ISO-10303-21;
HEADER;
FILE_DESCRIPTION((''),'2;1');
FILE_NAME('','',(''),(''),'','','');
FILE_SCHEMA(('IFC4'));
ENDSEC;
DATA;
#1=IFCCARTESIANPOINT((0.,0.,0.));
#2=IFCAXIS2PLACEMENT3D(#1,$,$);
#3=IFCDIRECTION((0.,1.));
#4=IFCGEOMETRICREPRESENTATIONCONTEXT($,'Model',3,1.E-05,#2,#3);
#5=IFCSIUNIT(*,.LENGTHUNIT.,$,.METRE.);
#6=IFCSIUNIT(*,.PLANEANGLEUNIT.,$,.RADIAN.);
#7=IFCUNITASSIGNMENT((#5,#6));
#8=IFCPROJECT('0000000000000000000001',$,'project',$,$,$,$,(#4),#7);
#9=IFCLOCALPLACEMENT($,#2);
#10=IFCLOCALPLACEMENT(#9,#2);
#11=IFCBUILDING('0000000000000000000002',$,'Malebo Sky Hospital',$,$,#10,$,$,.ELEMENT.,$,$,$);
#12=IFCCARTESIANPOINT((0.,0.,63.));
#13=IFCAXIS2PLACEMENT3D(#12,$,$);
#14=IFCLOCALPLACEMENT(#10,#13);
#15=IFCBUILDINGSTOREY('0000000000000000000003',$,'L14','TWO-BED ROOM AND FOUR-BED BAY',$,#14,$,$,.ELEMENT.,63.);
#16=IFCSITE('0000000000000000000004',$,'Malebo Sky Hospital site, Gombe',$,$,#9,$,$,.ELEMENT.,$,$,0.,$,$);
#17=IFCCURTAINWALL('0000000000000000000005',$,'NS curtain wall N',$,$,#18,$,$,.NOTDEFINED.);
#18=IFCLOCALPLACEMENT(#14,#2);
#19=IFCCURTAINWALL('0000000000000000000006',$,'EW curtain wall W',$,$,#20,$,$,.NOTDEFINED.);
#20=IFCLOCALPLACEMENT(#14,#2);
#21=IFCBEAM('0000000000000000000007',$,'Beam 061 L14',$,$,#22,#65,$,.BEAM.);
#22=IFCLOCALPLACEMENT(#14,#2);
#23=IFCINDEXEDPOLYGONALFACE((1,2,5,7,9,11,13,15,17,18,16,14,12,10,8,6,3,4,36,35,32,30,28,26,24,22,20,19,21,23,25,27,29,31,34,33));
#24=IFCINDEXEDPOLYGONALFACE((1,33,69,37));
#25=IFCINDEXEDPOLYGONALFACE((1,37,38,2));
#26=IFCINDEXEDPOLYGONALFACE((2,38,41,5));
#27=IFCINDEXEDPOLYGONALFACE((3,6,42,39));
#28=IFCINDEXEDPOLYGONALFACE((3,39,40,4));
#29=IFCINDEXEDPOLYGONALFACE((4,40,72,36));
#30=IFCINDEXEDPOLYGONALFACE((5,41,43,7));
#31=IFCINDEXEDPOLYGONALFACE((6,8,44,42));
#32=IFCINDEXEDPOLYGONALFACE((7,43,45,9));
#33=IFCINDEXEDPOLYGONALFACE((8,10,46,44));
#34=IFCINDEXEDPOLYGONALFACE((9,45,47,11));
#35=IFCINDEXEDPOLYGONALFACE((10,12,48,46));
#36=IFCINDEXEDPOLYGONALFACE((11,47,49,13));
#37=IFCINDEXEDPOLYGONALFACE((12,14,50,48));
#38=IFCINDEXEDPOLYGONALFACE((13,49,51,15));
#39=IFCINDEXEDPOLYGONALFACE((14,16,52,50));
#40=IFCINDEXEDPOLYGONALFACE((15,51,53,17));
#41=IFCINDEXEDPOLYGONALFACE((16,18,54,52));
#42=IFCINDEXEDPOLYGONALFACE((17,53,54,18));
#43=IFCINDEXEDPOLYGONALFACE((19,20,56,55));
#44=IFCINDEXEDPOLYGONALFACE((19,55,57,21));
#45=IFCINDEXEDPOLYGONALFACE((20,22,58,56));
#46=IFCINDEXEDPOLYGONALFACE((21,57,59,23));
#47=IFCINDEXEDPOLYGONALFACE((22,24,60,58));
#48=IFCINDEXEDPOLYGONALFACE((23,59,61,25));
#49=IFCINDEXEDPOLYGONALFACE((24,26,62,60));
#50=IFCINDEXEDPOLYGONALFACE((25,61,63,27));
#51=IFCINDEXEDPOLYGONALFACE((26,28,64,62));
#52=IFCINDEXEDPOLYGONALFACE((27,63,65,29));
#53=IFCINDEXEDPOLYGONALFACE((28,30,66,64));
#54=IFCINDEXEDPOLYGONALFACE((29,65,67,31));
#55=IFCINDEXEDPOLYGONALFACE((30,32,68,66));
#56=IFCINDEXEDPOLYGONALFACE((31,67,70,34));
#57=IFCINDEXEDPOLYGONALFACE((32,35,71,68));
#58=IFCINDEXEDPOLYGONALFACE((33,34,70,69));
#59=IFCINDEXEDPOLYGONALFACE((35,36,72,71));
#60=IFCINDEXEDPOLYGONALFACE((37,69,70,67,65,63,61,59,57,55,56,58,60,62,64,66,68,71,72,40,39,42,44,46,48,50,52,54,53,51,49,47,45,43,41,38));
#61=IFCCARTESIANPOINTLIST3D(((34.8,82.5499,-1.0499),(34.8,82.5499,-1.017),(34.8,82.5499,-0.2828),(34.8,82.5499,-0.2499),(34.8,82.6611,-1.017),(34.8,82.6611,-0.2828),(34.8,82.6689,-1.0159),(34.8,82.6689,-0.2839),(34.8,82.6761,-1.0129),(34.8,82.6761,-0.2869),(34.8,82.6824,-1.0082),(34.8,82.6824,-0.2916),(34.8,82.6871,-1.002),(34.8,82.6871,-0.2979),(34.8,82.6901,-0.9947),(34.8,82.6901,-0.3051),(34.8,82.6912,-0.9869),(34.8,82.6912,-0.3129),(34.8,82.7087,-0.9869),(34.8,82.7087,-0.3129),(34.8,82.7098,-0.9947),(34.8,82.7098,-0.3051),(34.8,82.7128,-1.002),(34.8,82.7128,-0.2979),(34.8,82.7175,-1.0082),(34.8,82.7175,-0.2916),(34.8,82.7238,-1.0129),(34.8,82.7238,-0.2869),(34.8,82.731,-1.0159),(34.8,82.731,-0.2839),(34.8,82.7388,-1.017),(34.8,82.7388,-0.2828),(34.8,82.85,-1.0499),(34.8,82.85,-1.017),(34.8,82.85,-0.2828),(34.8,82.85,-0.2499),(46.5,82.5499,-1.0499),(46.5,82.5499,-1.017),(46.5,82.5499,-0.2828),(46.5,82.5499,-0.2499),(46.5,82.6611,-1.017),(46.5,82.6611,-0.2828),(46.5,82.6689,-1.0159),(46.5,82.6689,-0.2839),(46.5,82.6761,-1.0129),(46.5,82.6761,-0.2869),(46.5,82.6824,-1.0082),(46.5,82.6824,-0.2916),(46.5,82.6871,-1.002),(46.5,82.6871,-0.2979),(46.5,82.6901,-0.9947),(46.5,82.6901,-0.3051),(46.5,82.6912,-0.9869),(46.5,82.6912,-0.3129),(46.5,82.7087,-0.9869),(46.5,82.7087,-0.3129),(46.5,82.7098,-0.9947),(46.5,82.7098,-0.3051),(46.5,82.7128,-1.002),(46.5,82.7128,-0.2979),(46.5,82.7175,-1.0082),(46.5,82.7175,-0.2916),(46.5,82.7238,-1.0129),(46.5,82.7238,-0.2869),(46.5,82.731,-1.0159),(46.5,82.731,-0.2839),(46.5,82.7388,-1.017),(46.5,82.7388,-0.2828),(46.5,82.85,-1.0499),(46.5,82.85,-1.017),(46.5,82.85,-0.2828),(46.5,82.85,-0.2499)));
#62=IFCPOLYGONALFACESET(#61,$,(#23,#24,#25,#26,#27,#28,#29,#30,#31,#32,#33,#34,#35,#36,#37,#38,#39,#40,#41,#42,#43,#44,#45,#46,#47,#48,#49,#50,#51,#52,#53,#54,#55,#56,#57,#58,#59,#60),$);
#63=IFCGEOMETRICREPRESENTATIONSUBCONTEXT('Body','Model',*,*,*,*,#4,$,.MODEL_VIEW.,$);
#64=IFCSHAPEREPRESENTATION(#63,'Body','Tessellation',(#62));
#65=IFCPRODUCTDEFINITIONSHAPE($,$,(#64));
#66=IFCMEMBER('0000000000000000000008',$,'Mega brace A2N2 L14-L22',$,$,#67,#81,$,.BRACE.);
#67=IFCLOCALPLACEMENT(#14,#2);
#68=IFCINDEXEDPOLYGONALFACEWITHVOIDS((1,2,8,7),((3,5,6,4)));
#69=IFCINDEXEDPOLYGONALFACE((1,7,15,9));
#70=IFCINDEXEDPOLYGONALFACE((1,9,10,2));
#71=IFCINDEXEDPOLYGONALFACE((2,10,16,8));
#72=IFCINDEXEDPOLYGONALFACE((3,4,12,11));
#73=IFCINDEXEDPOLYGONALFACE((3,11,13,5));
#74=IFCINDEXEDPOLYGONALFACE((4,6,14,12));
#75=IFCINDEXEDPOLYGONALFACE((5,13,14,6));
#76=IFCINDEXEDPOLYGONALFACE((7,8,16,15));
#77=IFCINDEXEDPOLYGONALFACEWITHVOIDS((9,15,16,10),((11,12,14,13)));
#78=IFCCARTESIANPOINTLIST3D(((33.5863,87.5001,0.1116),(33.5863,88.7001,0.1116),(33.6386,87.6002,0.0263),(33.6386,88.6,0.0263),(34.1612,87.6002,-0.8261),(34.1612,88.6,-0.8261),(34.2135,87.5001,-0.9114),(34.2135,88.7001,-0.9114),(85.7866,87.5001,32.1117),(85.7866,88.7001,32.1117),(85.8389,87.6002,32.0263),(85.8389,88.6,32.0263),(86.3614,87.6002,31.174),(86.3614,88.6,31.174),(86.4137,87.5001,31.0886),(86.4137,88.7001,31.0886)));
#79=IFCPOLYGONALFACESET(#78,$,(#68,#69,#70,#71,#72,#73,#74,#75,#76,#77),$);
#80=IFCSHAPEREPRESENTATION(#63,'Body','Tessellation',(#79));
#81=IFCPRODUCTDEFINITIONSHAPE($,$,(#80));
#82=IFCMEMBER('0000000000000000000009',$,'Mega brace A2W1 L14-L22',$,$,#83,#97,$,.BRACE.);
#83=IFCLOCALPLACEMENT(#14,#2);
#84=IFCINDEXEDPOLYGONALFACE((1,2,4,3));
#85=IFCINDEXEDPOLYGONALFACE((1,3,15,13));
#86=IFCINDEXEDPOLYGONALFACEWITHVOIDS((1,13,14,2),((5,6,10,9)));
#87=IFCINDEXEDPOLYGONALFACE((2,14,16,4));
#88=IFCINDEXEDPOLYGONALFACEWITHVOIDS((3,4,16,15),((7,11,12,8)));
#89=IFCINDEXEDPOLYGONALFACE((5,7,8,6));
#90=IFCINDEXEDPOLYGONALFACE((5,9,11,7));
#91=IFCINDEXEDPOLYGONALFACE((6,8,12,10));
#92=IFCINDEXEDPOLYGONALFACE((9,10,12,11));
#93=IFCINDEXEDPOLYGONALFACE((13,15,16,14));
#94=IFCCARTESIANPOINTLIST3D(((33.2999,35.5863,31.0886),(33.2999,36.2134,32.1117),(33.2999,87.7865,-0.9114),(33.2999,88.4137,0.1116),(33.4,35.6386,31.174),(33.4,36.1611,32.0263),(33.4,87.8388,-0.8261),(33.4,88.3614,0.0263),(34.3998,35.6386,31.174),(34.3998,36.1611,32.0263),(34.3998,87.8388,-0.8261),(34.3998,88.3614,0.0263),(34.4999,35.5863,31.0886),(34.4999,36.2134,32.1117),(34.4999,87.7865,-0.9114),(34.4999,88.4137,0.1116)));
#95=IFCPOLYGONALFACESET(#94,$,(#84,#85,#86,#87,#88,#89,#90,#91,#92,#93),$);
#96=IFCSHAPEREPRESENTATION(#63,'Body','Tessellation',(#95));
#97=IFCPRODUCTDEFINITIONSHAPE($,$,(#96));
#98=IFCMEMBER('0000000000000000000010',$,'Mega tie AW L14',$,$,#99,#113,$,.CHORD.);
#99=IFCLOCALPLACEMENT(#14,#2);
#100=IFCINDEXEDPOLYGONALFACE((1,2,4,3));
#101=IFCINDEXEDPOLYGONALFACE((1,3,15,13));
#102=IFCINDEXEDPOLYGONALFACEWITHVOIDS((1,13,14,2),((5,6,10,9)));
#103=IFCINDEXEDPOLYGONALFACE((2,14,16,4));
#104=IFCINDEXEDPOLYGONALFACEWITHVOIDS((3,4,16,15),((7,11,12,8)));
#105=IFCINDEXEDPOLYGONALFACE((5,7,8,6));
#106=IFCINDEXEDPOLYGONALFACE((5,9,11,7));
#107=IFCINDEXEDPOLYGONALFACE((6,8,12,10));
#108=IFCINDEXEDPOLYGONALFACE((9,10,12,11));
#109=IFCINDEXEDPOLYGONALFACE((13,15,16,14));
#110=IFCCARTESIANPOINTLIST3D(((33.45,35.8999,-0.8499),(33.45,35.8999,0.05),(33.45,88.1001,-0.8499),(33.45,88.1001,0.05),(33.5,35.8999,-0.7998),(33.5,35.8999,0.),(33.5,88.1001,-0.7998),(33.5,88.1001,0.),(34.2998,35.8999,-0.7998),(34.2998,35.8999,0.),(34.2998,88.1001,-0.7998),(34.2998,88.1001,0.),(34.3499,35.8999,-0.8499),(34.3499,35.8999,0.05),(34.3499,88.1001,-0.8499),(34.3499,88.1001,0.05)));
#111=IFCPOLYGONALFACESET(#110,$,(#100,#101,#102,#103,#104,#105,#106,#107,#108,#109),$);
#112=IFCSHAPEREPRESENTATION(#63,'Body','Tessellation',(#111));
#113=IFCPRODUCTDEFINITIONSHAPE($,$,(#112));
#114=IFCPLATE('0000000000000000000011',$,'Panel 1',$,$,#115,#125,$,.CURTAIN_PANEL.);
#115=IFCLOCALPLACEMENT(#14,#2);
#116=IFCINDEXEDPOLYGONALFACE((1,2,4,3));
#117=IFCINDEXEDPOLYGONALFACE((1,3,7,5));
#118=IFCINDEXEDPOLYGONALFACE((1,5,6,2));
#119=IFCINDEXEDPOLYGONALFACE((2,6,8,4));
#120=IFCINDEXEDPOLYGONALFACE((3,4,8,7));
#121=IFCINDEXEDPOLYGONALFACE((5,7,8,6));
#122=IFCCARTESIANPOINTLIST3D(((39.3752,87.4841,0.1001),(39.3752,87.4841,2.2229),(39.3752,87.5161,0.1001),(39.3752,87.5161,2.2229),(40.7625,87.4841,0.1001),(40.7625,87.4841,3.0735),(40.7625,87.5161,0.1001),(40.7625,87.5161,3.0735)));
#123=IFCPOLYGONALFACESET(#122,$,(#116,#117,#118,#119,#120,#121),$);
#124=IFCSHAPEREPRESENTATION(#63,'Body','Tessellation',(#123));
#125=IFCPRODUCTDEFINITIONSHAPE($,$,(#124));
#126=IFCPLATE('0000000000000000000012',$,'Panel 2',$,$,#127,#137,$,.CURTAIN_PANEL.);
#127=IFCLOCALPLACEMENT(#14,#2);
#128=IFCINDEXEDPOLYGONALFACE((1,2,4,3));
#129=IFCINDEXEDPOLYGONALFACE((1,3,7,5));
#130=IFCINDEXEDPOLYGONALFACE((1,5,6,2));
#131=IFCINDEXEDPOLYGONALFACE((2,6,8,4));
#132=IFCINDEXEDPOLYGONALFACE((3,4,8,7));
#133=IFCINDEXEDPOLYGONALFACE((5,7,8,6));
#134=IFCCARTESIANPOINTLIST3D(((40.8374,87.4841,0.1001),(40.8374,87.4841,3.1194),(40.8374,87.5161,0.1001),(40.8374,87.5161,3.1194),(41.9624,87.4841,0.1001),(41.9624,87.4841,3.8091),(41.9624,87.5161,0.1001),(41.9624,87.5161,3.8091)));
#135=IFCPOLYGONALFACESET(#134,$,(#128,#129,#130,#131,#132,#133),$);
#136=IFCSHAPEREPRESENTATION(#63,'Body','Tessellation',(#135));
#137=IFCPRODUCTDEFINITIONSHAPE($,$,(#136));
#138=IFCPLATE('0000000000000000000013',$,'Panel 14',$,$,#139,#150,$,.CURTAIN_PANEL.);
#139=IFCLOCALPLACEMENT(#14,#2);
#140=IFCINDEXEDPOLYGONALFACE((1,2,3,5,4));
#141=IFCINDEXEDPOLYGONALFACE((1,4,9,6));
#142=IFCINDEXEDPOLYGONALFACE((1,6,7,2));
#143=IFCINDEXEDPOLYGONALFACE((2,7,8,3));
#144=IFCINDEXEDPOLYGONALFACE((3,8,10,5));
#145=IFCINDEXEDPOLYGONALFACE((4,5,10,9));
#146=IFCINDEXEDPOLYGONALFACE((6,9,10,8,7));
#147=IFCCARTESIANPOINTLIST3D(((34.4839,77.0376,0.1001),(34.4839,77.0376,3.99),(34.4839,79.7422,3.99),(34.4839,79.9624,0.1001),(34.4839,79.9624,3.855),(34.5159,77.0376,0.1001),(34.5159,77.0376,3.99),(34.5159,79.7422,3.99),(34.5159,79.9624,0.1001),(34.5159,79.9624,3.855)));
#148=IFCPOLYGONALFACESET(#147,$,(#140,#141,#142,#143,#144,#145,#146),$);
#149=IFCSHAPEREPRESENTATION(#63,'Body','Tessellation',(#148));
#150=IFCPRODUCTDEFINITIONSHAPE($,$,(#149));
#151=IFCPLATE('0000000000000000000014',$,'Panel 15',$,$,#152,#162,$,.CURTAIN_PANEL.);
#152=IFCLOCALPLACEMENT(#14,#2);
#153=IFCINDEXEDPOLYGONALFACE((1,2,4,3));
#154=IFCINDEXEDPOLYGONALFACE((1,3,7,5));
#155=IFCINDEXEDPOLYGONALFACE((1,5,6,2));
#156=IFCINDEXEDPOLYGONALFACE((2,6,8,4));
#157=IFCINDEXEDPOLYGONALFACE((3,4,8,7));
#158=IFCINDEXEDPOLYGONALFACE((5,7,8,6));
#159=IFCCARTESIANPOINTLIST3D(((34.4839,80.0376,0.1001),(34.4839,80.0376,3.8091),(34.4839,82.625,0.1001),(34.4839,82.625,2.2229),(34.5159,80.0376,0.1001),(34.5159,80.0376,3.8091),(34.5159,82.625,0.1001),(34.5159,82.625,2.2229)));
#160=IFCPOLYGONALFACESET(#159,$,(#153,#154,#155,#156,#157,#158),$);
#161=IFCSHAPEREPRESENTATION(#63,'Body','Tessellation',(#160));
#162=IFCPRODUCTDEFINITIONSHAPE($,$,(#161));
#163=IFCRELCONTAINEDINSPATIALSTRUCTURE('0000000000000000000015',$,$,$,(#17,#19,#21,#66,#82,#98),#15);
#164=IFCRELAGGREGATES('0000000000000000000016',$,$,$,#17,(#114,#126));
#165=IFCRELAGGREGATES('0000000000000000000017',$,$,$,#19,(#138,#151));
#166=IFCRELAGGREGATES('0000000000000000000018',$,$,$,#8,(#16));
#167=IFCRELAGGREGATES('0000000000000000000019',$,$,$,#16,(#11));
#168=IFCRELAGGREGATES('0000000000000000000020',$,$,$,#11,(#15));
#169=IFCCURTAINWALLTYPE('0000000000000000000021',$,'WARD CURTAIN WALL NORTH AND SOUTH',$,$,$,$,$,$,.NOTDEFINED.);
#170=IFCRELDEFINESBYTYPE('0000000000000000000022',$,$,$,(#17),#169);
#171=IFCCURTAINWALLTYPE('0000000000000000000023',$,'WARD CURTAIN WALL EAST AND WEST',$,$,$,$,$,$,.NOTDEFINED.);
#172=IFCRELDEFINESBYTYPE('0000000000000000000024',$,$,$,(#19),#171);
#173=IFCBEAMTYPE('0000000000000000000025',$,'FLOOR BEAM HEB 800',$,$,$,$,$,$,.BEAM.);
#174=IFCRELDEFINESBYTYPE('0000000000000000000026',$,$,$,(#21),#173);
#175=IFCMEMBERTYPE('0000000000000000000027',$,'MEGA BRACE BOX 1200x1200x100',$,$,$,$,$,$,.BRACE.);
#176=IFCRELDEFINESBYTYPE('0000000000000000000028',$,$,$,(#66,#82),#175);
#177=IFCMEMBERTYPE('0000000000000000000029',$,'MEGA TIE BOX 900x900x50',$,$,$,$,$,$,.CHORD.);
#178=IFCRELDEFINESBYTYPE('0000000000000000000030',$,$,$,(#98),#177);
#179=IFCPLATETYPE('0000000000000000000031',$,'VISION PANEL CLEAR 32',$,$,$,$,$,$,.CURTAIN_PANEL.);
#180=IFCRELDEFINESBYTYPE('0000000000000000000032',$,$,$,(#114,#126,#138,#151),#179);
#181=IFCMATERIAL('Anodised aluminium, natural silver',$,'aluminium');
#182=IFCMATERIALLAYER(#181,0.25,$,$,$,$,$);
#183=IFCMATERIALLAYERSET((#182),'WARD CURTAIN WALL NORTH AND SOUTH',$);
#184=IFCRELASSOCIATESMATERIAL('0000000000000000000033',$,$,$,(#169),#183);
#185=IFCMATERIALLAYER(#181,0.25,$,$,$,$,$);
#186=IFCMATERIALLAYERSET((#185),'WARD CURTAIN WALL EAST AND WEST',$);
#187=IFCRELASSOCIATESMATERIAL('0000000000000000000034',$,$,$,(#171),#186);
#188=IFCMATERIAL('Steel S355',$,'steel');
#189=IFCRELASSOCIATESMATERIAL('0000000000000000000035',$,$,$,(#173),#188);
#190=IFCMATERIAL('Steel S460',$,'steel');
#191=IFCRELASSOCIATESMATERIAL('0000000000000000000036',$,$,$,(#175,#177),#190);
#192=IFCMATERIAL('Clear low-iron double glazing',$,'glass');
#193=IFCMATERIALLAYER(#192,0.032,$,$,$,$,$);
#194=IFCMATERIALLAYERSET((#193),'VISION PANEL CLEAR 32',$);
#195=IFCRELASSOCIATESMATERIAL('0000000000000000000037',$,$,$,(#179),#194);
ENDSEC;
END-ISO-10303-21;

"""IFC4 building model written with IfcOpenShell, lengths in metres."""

from ifc_helpers import new_model, si_unit, direction, frame, origin, origin_2d, place, context, subcontext, project, spatial, polyline, hollow_rectangle, i_section, outline, extrude, material, layer, layer_set, material_profile, profile_set, type_object, element, aggregate, save


model = new_model("IFC4")

# Units and contexts
model_context = context("Model", 3, precision=1e-05, world=origin(), true_north=direction((0.0, 1.0)))
body_context = subcontext(model_context, "Body", "Model", "MODEL_VIEW")
ifc_project = project(units=[si_unit("LENGTHUNIT", "METRE"), si_unit("PLANEANGLEUNIT", "RADIAN")], contexts=[model_context])

# Site, building, storey
site_placement = place(None, origin())
site = spatial("IfcSite", under=ifc_project, at=site_placement, Name="Malebo Sky Hospital site, Gombe", CompositionType="ELEMENT", RefElevation=0.0)
building_placement = place(site_placement, origin())
building = spatial("IfcBuilding", under=site, at=building_placement, Name="Malebo Sky Hospital", CompositionType="ELEMENT")
storey_placement = place(building_placement, frame((0.0, 0.0, 63.0)))
storey = spatial("IfcBuildingStorey", under=building, at=storey_placement, Name="L14", Description="TWO-BED ROOM AND FOUR-BED BAY", CompositionType="ELEMENT", Elevation=63.0)

# Shared definitions
ifc_material_1 = material(Name="Steel S460", Category="steel")

# Curtain walls
ifc_material_2 = material(Name="Anodised aluminium, natural silver", Category="aluminium")
ifc_layer_1 = layer(ifc_material_2, 0.25)
ifc_layer_set_1 = layer_set([ifc_layer_1], Name="WARD CURTAIN WALL NORTH AND SOUTH")
curtain_wall_type_1 = type_object("IfcCurtainWallType", Name="WARD CURTAIN WALL NORTH AND SOUTH", PredefinedType="NOTDEFINED", material=ifc_layer_set_1)
curtain_wall_1_placement = place(storey_placement, origin())
curtain_wall_1 = element("IfcCurtainWall", 1, at=curtain_wall_1_placement, inside=storey, type_object=curtain_wall_type_1, Name="NS curtain wall N", PredefinedType="NOTDEFINED")
ifc_layer_2 = layer(ifc_material_2, 0.25)
ifc_layer_set_2 = layer_set([ifc_layer_2], Name="WARD CURTAIN WALL EAST AND WEST")
curtain_wall_type_2 = type_object("IfcCurtainWallType", Name="WARD CURTAIN WALL EAST AND WEST", PredefinedType="NOTDEFINED", material=ifc_layer_set_2)
curtain_wall_2_placement = place(storey_placement, origin())
curtain_wall_2 = element("IfcCurtainWall", 2, at=curtain_wall_2_placement, inside=storey, type_object=curtain_wall_type_2, Name="EW curtain wall W", PredefinedType="NOTDEFINED")

# Beam
ifc_material_3 = material(Name="Steel S355", Category="steel")
ifc_material_profile_1 = material_profile(ifc_material_3, i_section(OverallWidth=0.3, OverallDepth=0.8, WebThickness=0.0176, FlangeThickness=0.033, FilletRadius=0.03, at=origin_2d()), Name="HEB 800")
ifc_profile_set_1 = profile_set([ifc_material_profile_1], Name="Steel S355")
beam_type_1 = type_object("IfcBeamType", Name="FLOOR BEAM HEB 800", PredefinedType="BEAM", material=ifc_profile_set_1)
beam_1_placement = place(storey_placement, frame((34.8, 82.7, -0.6499), z_axis=(1.0, 0.0, 0.0), x_axis=(0.0, 1.0, 0.0)))
element("IfcBeam", 3, at=beam_1_placement, inside=storey, type_object=beam_type_1, Name="Beam 061 L14", PredefinedType="BEAM", context=body_context, shape_type="SweptSolid", body=[
    extrude(i_section(OverallWidth=0.3, OverallDepth=0.8, WebThickness=0.0176, FlangeThickness=0.033, FilletRadius=0.03, at=origin_2d()), origin(), (0.0, 0.0, 1.0), 11.7),
])

# Members
ifc_material_profile_2 = material_profile(ifc_material_1, hollow_rectangle(XDim=1.2, YDim=1.2, WallThickness=0.1001, at=origin_2d()), Name="BOX 1200x1200x100")
ifc_profile_set_2 = profile_set([ifc_material_profile_2], Name="Steel S460")
member_type_1 = type_object("IfcMemberType", Name="MEGA BRACE BOX 1200x1200x100", PredefinedType="BRACE", material=ifc_profile_set_2)
for number, where, z_axis, x_axis, name in (
    (4, (33.8999, 88.1001, -0.3999), (0.852555, 0.0, 0.522637), (0.0, 1.0, 0.0), "Mega brace A2N2 L14-L22"),
    (5, (33.8999, 88.1001, -0.3999), (0.0, -0.852555, 0.522637), (1.0, 0.0, 0.0), "Mega brace A2W1 L14-L22"),
):
    element("IfcMember", number, at=place(storey_placement, frame(where, z_axis=z_axis, x_axis=x_axis)), inside=storey, type_object=member_type_1, Name=name, PredefinedType="BRACE", context=body_context, shape_type="SweptSolid", body=[
        extrude(hollow_rectangle(XDim=1.2, YDim=1.2, WallThickness=0.1001, at=origin_2d()), origin(), (0.0, 0.0, 1.0), 61.228),
    ])
ifc_material_profile_3 = material_profile(ifc_material_1, hollow_rectangle(XDim=0.8999, YDim=0.8999, WallThickness=0.05, at=origin_2d()), Name="BOX 900x900x50")
ifc_profile_set_3 = profile_set([ifc_material_profile_3], Name="Steel S460")
member_type_2 = type_object("IfcMemberType", Name="MEGA TIE BOX 900x900x50", PredefinedType="CHORD", material=ifc_profile_set_3)
member_1_placement = place(storey_placement, frame((33.8999, 88.1001, -0.3999), z_axis=(0.0, -1.0, 0.0), x_axis=(1.0, 0.0, 0.0)))
element("IfcMember", 6, at=member_1_placement, inside=storey, type_object=member_type_2, Name="Mega tie AW L14", PredefinedType="CHORD", context=body_context, shape_type="SweptSolid", body=[
    extrude(hollow_rectangle(XDim=0.8999, YDim=0.8999, WallThickness=0.05, at=origin_2d()), origin(), (0.0, 0.0, 1.0), 52.2002),
])

# Plates
ifc_material_4 = material(Name="Clear low-iron double glazing", Category="glass")
ifc_layer_3 = layer(ifc_material_4, 0.032)
ifc_layer_set_3 = layer_set([ifc_layer_3], Name="VISION PANEL CLEAR 32")
plate_type = type_object("IfcPlateType", Name="VISION PANEL CLEAR 32", PredefinedType="CURTAIN_PANEL", material=ifc_layer_set_3)
plate_1_placement = place(storey_placement, frame((40.0688, 87.5, 0.1001), z_axis=(0.0, 0.0, 1.0), x_axis=(1.0, 0.0, 0.0)))
plate_1 = element("IfcPlate", 7, at=plate_1_placement, type_object=plate_type, Name="Panel 1", PredefinedType="CURTAIN_PANEL", context=body_context, shape_type="SweptSolid", body=[
    extrude(outline(polyline([(-0.6936, 0.0), (0.6936, 0.0), (0.6936, 2.9734), (-0.6936, 2.1228), (-0.6936, 0.0)])), frame((0.0, 0.0161, 0.0), z_axis=(0.0, -1.0, 0.0), x_axis=(1.0, 0.0, 0.0)), (0.0, 0.0, 1.0), 0.032),
])
plate_2_placement = place(storey_placement, frame((41.3999, 87.5, 0.1001), z_axis=(0.0, 0.0, 1.0), x_axis=(1.0, 0.0, 0.0)))
plate_2 = element("IfcPlate", 8, at=plate_2_placement, type_object=plate_type, Name="Panel 2", PredefinedType="CURTAIN_PANEL", context=body_context, shape_type="SweptSolid", body=[
    extrude(outline(polyline([(-0.5625, 0.0), (0.5625, 0.0), (0.5625, 3.709), (-0.5625, 3.0193), (-0.5625, 0.0)])), frame((0.0, 0.0161, 0.0), z_axis=(0.0, -1.0, 0.0), x_axis=(1.0, 0.0, 0.0)), (0.0, 0.0, 1.0), 0.032),
])
aggregate(curtain_wall_1, [plate_1, plate_2])
plate_3_placement = place(storey_placement, frame((34.5, 78.5, 0.1001), z_axis=(0.0, 0.0, 1.0), x_axis=(0.0, 1.0, 0.0)))
plate_3 = element("IfcPlate", 9, at=plate_3_placement, type_object=plate_type, Name="Panel 14", PredefinedType="CURTAIN_PANEL", context=body_context, shape_type="SweptSolid", body=[
    extrude(outline(polyline([(-1.4624, 0.0), (1.4624, 0.0), (1.4624, 3.7549), (1.2422, 3.8899), (-1.4624, 3.8899), (-1.4624, 0.0)])), frame((0.0, 0.0161, 0.0), z_axis=(0.0, -1.0, 0.0), x_axis=(1.0, 0.0, 0.0)), (0.0, 0.0, 1.0), 0.032),
])
plate_4_placement = place(storey_placement, frame((34.5, 81.3313, 0.1001), z_axis=(0.0, 0.0, 1.0), x_axis=(0.0, 1.0, 0.0)))
plate_4 = element("IfcPlate", 10, at=plate_4_placement, type_object=plate_type, Name="Panel 15", PredefinedType="CURTAIN_PANEL", context=body_context, shape_type="SweptSolid", body=[
    extrude(outline(polyline([(-1.2937, 0.0), (1.2937, 0.0), (1.2937, 2.1228), (-1.2937, 3.709), (-1.2937, 0.0)])), frame((0.0, 0.0161, 0.0), z_axis=(0.0, -1.0, 0.0), x_axis=(1.0, 0.0, 0.0)), (0.0, 0.0, 1.0), 0.032),
])
aggregate(curtain_wall_2, [plate_3, plate_4])

save(model, "model.ifc")
